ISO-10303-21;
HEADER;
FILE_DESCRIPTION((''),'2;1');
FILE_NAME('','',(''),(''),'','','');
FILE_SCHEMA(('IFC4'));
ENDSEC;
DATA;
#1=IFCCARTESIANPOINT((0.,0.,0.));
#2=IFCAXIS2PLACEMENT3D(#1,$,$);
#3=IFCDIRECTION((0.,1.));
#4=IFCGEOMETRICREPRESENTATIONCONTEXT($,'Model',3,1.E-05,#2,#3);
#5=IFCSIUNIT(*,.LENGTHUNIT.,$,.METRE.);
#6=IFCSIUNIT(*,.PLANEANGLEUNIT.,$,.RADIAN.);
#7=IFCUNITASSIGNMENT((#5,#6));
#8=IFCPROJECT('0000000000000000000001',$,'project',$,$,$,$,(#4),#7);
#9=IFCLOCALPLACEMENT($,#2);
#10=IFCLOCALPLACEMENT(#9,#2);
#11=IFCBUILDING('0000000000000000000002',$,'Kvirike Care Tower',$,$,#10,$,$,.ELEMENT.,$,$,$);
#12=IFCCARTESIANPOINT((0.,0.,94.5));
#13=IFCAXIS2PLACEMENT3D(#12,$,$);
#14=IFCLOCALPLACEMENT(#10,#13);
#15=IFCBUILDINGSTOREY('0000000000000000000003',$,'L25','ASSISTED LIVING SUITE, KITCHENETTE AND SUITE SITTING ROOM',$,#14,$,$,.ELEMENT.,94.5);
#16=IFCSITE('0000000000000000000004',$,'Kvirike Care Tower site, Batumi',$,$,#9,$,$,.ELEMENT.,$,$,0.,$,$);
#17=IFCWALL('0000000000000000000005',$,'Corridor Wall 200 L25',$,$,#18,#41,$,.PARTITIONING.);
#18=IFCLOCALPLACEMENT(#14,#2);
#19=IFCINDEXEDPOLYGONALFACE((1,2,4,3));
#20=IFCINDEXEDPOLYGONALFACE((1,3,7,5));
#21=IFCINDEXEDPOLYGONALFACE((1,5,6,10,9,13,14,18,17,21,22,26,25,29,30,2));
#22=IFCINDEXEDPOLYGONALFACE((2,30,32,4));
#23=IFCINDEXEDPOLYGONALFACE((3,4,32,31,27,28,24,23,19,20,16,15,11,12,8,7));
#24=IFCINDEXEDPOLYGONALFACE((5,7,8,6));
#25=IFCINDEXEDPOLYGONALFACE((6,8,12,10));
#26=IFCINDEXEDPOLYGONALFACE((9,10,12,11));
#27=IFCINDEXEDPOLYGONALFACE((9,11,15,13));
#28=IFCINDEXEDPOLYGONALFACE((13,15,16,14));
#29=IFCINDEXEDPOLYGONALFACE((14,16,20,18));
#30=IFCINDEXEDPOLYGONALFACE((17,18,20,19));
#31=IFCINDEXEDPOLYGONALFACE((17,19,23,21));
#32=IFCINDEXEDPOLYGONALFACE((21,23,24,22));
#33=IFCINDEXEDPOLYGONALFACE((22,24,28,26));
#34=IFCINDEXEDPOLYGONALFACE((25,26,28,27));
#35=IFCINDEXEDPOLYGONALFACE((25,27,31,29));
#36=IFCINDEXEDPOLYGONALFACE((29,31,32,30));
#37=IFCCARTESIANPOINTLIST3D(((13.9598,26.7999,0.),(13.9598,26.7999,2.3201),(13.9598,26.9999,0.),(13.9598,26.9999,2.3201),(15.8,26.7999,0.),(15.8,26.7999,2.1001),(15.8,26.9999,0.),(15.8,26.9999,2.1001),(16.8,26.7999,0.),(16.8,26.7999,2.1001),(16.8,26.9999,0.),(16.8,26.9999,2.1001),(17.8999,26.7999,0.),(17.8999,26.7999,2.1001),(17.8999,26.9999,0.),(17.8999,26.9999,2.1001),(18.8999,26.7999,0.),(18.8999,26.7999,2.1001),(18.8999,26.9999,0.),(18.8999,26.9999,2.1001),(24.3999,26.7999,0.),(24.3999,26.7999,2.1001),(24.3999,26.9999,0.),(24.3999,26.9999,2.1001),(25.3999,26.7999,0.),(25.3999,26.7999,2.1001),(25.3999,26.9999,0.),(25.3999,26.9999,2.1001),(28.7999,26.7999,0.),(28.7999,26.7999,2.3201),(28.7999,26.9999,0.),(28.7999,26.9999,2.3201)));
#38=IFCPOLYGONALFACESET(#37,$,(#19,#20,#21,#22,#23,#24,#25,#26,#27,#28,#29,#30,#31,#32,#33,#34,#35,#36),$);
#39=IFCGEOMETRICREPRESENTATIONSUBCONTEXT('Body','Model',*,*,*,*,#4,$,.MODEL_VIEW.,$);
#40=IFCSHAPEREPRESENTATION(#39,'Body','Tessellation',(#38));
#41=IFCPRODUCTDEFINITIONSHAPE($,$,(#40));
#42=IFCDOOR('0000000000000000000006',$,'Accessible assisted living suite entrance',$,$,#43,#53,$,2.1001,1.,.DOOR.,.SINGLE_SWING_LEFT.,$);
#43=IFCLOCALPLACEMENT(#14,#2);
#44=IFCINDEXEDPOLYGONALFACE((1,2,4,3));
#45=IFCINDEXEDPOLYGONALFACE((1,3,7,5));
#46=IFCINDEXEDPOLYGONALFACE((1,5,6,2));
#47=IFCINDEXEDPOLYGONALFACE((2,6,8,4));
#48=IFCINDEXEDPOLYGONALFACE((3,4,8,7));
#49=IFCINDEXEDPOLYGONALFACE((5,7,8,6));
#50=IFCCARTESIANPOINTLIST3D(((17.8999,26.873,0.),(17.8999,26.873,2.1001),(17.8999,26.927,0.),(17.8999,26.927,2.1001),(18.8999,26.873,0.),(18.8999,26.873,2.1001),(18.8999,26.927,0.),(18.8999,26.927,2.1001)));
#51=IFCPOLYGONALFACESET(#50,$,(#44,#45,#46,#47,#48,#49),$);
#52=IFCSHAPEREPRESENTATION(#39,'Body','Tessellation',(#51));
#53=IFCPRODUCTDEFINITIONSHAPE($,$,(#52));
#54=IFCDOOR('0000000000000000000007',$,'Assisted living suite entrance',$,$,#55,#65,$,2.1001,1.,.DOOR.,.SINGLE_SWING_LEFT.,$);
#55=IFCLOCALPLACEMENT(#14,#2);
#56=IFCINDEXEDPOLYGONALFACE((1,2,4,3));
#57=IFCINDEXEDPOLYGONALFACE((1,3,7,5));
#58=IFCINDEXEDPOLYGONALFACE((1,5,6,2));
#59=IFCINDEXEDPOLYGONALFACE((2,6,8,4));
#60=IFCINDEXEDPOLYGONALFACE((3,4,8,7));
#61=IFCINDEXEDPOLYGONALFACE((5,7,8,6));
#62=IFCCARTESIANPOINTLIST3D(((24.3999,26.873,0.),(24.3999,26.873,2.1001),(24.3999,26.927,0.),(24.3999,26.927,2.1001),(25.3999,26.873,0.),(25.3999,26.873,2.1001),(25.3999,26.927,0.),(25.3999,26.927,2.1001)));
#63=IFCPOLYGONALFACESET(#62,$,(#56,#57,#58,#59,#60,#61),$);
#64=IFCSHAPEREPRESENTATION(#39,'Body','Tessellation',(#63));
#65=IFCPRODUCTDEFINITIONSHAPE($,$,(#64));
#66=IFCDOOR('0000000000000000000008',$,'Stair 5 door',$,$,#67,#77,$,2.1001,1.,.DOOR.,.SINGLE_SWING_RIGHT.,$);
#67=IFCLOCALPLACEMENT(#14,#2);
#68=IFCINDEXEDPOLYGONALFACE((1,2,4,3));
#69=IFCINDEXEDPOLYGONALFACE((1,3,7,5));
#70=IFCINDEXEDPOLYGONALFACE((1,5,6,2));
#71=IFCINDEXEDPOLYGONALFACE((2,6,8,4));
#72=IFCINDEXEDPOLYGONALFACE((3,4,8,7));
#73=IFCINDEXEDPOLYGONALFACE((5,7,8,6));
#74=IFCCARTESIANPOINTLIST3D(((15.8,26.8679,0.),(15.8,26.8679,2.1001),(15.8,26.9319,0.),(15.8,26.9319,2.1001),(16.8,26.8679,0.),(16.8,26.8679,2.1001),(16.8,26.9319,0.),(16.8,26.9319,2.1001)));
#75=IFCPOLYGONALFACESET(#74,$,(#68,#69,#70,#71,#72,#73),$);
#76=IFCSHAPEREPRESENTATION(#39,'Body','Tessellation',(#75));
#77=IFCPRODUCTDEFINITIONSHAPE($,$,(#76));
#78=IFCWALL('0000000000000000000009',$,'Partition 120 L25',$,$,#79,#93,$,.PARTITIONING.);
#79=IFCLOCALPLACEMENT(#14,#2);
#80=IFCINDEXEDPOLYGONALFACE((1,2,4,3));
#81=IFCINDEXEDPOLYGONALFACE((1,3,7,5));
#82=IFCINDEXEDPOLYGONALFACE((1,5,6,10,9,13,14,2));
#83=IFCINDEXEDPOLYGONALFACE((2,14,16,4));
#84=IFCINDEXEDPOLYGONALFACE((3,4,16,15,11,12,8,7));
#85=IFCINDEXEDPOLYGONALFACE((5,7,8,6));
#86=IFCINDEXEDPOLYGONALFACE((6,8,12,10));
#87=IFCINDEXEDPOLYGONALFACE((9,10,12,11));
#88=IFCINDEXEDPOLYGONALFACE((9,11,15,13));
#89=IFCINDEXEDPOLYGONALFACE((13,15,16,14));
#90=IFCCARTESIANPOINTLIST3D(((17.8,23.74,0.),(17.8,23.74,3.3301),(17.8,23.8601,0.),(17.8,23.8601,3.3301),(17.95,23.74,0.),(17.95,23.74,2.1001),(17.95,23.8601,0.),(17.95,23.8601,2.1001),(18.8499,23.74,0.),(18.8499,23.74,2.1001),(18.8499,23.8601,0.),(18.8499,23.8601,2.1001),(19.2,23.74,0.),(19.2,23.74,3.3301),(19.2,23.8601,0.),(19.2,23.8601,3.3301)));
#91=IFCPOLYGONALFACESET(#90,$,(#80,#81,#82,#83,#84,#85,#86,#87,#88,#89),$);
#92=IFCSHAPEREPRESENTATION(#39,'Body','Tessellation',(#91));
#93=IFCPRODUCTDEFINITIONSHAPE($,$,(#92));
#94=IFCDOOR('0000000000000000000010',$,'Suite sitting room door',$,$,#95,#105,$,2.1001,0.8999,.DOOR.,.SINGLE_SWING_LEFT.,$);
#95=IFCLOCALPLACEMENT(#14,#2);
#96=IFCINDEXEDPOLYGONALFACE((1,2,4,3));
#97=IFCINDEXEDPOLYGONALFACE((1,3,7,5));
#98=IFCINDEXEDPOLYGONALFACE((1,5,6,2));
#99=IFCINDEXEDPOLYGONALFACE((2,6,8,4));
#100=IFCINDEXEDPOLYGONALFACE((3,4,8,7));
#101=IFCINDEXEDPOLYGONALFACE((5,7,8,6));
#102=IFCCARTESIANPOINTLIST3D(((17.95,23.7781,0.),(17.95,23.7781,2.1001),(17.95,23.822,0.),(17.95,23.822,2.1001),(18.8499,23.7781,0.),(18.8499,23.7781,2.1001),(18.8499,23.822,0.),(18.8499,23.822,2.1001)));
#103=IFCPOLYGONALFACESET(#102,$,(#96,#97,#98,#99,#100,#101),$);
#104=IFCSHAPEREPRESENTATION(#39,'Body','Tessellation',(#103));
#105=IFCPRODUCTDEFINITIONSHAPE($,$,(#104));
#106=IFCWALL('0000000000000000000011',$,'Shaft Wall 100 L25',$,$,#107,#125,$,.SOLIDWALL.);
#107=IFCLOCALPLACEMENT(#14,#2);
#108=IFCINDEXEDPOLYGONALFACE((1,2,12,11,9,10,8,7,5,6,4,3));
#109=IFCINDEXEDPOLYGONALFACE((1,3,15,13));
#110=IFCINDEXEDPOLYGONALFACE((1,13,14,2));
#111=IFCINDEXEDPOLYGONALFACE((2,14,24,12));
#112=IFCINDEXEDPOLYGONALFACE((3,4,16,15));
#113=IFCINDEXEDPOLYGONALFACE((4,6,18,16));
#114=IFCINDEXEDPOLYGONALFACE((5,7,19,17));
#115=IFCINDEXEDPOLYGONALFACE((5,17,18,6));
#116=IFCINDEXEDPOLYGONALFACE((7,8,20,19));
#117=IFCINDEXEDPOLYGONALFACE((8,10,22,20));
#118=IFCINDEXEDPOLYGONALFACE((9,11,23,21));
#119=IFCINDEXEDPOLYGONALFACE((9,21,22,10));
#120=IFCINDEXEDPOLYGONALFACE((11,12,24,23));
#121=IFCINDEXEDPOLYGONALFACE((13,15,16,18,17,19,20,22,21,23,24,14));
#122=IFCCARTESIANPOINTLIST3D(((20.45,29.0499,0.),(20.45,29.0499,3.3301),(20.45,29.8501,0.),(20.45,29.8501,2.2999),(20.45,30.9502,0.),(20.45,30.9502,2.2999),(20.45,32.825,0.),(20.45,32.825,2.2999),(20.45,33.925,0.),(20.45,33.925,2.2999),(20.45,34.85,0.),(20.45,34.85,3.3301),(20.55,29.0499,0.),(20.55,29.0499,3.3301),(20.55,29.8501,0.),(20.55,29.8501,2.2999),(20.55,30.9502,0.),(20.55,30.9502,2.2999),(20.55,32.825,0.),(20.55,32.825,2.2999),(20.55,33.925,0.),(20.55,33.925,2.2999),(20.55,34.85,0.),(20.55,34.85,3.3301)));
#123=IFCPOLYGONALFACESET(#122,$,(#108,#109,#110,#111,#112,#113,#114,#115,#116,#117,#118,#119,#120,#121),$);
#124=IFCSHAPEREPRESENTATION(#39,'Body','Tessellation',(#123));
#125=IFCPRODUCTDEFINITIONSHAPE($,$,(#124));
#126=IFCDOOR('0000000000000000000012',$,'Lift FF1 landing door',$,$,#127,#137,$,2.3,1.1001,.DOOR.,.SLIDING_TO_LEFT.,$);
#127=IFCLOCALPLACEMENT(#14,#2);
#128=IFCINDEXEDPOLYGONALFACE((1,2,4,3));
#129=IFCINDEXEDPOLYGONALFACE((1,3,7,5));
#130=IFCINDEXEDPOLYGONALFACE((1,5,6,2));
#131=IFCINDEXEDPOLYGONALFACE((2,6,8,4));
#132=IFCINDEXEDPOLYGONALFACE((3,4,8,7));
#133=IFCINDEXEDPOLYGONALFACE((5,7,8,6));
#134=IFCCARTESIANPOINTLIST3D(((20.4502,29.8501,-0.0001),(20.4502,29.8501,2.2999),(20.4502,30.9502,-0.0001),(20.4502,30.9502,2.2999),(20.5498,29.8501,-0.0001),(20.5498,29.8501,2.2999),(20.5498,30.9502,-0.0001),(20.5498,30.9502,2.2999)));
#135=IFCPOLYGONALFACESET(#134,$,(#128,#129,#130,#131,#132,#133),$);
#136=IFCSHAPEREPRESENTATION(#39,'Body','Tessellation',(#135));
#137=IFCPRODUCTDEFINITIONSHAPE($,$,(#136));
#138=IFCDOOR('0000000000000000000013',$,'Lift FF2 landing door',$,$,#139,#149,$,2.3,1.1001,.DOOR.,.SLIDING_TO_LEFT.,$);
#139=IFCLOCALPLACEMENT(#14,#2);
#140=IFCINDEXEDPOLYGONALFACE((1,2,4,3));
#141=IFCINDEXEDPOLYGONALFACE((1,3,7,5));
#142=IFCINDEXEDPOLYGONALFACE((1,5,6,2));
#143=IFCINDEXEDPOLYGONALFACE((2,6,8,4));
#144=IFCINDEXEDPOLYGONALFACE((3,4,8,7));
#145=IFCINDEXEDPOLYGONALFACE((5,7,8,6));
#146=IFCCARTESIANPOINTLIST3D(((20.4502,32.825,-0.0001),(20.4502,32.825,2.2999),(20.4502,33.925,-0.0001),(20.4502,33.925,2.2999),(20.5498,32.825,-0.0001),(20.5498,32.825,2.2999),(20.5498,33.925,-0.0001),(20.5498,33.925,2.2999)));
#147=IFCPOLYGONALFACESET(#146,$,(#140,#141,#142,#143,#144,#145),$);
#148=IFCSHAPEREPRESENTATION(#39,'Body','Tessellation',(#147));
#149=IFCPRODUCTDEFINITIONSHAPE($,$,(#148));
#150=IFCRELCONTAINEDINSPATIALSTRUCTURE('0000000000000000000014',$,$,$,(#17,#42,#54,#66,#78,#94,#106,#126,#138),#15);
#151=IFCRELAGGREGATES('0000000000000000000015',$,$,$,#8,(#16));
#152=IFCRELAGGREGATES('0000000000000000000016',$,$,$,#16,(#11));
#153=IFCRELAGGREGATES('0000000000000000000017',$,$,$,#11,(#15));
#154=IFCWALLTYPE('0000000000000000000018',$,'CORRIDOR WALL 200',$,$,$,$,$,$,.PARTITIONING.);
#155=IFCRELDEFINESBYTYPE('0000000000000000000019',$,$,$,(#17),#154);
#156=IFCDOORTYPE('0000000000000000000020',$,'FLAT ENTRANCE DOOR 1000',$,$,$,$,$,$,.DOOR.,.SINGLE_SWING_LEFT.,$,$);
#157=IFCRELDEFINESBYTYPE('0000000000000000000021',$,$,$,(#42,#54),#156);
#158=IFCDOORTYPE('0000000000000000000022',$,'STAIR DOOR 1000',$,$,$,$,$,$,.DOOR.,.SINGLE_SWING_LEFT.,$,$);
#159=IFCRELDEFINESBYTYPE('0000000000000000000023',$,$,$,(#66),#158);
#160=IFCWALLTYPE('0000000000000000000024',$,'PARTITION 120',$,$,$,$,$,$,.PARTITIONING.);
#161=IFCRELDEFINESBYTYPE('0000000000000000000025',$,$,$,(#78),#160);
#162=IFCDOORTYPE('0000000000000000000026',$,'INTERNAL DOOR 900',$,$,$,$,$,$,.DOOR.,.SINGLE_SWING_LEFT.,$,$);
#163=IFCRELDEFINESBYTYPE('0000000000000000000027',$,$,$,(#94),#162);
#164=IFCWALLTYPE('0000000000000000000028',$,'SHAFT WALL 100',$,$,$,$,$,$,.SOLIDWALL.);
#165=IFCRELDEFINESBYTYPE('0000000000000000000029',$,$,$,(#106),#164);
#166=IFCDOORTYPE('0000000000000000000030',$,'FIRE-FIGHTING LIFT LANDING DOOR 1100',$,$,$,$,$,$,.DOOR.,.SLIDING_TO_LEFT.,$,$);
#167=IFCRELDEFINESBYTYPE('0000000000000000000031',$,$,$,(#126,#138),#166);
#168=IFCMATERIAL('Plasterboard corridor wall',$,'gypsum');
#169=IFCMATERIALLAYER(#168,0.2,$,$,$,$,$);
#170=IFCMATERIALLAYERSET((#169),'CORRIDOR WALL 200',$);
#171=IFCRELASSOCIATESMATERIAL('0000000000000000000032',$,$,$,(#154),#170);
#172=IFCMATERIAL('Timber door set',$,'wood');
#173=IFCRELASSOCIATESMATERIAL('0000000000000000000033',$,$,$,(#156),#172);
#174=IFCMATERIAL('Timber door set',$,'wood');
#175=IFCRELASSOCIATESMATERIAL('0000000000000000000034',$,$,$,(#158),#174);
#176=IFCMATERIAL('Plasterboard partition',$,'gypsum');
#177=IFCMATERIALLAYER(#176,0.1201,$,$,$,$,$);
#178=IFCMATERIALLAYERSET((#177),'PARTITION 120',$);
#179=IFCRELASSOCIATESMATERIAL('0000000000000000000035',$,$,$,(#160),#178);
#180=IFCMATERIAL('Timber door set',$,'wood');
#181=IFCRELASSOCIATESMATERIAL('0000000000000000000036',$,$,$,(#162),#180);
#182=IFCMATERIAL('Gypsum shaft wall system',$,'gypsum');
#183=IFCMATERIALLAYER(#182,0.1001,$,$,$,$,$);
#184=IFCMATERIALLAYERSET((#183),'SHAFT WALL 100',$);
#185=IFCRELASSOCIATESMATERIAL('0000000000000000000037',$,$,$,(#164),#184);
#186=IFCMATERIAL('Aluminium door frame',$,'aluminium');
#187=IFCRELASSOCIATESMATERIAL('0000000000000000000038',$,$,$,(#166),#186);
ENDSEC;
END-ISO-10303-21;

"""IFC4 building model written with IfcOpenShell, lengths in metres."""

from ifc_helpers import new_model, si_unit, direction, frame, frame_2d, origin, place, context, subcontext, project, spatial, rectangle, extrude, material, layer, layer_set, type_object, element, fill, save


model = new_model("IFC4")

# Units and contexts
model_context = context("Model", 3, precision=1e-05, world=origin(), true_north=direction((0.0, 1.0)))
body_context = subcontext(model_context, "Body", "Model", "MODEL_VIEW")
ifc_project = project(units=[si_unit("LENGTHUNIT", "METRE"), si_unit("PLANEANGLEUNIT", "RADIAN")], contexts=[model_context])

# Site, building, storey
site_placement = place(None, origin())
site = spatial("IfcSite", under=ifc_project, at=site_placement, Name="Kvirike Care Tower site, Batumi", CompositionType="ELEMENT", RefElevation=0.0)
building_placement = place(site_placement, origin())
building = spatial("IfcBuilding", under=site, at=building_placement, Name="Kvirike Care Tower", CompositionType="ELEMENT")
storey_placement = place(building_placement, frame((0.0, 0.0, 94.5)))
storey = spatial("IfcBuildingStorey", under=building, at=storey_placement, Name="L25", Description="ASSISTED LIVING SUITE, KITCHENETTE AND SUITE SITTING ROOM", CompositionType="ELEMENT", Elevation=94.5)

# Wall, openings, doors
ifc_material_1 = material(Name="Plasterboard corridor wall", Category="gypsum")
ifc_layer_1 = layer(ifc_material_1, 0.2)
ifc_layer_set_1 = layer_set([ifc_layer_1], Name="CORRIDOR WALL 200")
wall_type_1 = type_object("IfcWallType", Name="CORRIDOR WALL 200", PredefinedType="PARTITIONING", material=ifc_layer_set_1)
wall_1_placement = place(storey_placement, frame((13.96, 26.8999, 0.0), z_axis=(0.0, 0.0, 1.0), x_axis=(1.0, 0.0, 0.0)))
wall_1 = element("IfcWall", 1, at=wall_1_placement, inside=storey, type_object=wall_type_1, Name="Corridor Wall 200 L25", PredefinedType="PARTITIONING", context=body_context, shape_type="SweptSolid", body=[
    extrude(rectangle(XDim=14.8401, YDim=0.2, at=frame_2d((7.4199, 0.0))), origin(), (0.0, 0.0, 1.0), 2.3201),
])
opening_1_placement = place(wall_1_placement, frame((1.8401, 0.0, 0.0)))
opening_1 = element("IfcOpeningElement", 2, at=opening_1_placement, cuts=wall_1, PredefinedType="OPENING", context=body_context, shape_type="SweptSolid", body=[
    extrude(rectangle(XDim=1.0, YDim=2.1001, at=frame_2d((0.5, 1.05))), frame((0.0, 0.1106, 0.0), z_axis=(0.0, -1.0, 0.0), x_axis=(1.0, 0.0, 0.0)), (0.0, 0.0, 1.0), 0.2209),
])
opening_2_placement = place(wall_1_placement, frame((3.9399, 0.0, 0.0)))
opening_2 = element("IfcOpeningElement", 3, at=opening_2_placement, cuts=wall_1, PredefinedType="OPENING", context=body_context, shape_type="SweptSolid", body=[
    extrude(rectangle(XDim=1.0, YDim=2.1001, at=frame_2d((0.5, 1.05))), frame((0.0, 0.1106, 0.0), z_axis=(0.0, -1.0, 0.0), x_axis=(1.0, 0.0, 0.0)), (0.0, 0.0, 1.0), 0.2209),
])
opening_3_placement = place(wall_1_placement, frame((10.4399, 0.0, 0.0)))
opening_3 = element("IfcOpeningElement", 4, at=opening_3_placement, cuts=wall_1, PredefinedType="OPENING", context=body_context, shape_type="SweptSolid", body=[
    extrude(rectangle(XDim=1.0, YDim=2.1001, at=frame_2d((0.5, 1.05))), frame((0.0, 0.1106, 0.0), z_axis=(0.0, -1.0, 0.0), x_axis=(1.0, 0.0, 0.0)), (0.0, 0.0, 1.0), 0.2209),
])
ifc_material_2 = material(Name="Timber door set", Category="wood")
door_type_1 = type_object("IfcDoorType", Name="FLAT ENTRANCE DOOR 1000", OperationType="SINGLE_SWING_LEFT", PredefinedType="DOOR", material=ifc_material_2)
door_1_placement = place(opening_2_placement, frame((1.0, 0.0, 0.0), z_axis=(0.0, 0.0, 1.0), x_axis=(-1.0, 0.0, 0.0)))
door_1 = element("IfcDoor", 5, at=door_1_placement, inside=storey, type_object=door_type_1, Name="Accessible assisted living suite entrance", OperationType="SINGLE_SWING_LEFT", OverallHeight=2.1001, OverallWidth=1.0, PredefinedType="DOOR", context=body_context, shape_type="SweptSolid", body=[
    extrude(rectangle(XDim=1.0, YDim=2.1001, at=frame_2d((0.5, 1.05))), frame((0.0, 0.0269, 0.0), z_axis=(0.0, -1.0, 0.0), x_axis=(1.0, 0.0, 0.0)), (0.0, 0.0, 1.0), 0.054),
])
fill(opening_2, door_1)
door_2_placement = place(opening_3_placement, frame((1.0, 0.0, 0.0), z_axis=(0.0, 0.0, 1.0), x_axis=(-1.0, 0.0, 0.0)))
door_2 = element("IfcDoor", 6, at=door_2_placement, inside=storey, type_object=door_type_1, Name="Assisted living suite entrance", OperationType="SINGLE_SWING_LEFT", OverallHeight=2.1001, OverallWidth=1.0, PredefinedType="DOOR", context=body_context, shape_type="SweptSolid", body=[
    extrude(rectangle(XDim=1.0, YDim=2.1001, at=frame_2d((0.5, 1.05))), frame((0.0, 0.0269, 0.0), z_axis=(0.0, -1.0, 0.0), x_axis=(1.0, 0.0, 0.0)), (0.0, 0.0, 1.0), 0.054),
])
fill(opening_3, door_2)
ifc_material_3 = material(Name="Timber door set", Category="wood")
door_type_2 = type_object("IfcDoorType", Name="STAIR DOOR 1000", OperationType="SINGLE_SWING_LEFT", PredefinedType="DOOR", material=ifc_material_3)
door_3_placement = place(opening_1_placement, frame((1.0, 0.0, 0.0), z_axis=(0.0, 0.0, 1.0), x_axis=(-1.0, 0.0, 0.0)))
door_3 = element("IfcDoor", 7, at=door_3_placement, inside=storey, type_object=door_type_2, Name="Stair 5 door", OperationType="SINGLE_SWING_RIGHT", OverallHeight=2.1001, OverallWidth=1.0, PredefinedType="DOOR", context=body_context, shape_type="SweptSolid", body=[
    extrude(rectangle(XDim=1.0, YDim=2.1001, at=frame_2d((0.5, 1.05))), frame((0.0, 0.032, 0.0), z_axis=(0.0, -1.0, 0.0), x_axis=(1.0, 0.0, 0.0)), (0.0, 0.0, 1.0), 0.064),
])
fill(opening_1, door_3)

# Wall, opening, door
ifc_material_4 = material(Name="Plasterboard partition", Category="gypsum")
ifc_layer_2 = layer(ifc_material_4, 0.1201)
ifc_layer_set_2 = layer_set([ifc_layer_2], Name="PARTITION 120")
wall_type_2 = type_object("IfcWallType", Name="PARTITION 120", PredefinedType="PARTITIONING", material=ifc_layer_set_2)
wall_2_placement = place(storey_placement, frame((17.8, 23.8, 0.0), z_axis=(0.0, 0.0, 1.0), x_axis=(1.0, 0.0, 0.0)))
wall_2 = element("IfcWall", 8, at=wall_2_placement, inside=storey, type_object=wall_type_2, Name="Partition 120 L25", PredefinedType="PARTITIONING", context=body_context, shape_type="SweptSolid", body=[
    extrude(rectangle(XDim=1.3999, YDim=0.1201, at=frame_2d((0.7, 0.0))), origin(), (0.0, 0.0, 1.0), 3.3301),
])
opening_4_placement = place(wall_2_placement, frame((0.1499, 0.0, 0.0)))
opening_4 = element("IfcOpeningElement", 9, at=opening_4_placement, cuts=wall_2, PredefinedType="OPENING", context=body_context, shape_type="SweptSolid", body=[
    extrude(rectangle(XDim=0.8999, YDim=2.1001, at=frame_2d((0.45, 1.05))), frame((0.0, 0.0706, 0.0), z_axis=(0.0, -1.0, 0.0), x_axis=(1.0, 0.0, 0.0)), (0.0, 0.0, 1.0), 0.1411),
])
ifc_material_5 = material(Name="Timber door set", Category="wood")
door_type_3 = type_object("IfcDoorType", Name="INTERNAL DOOR 900", OperationType="SINGLE_SWING_LEFT", PredefinedType="DOOR", material=ifc_material_5)
door_4_placement = place(opening_4_placement, frame((0.8999, 0.0, 0.0), z_axis=(0.0, 0.0, 1.0), x_axis=(-1.0, 0.0, 0.0)))
door_4 = element("IfcDoor", 10, at=door_4_placement, inside=storey, type_object=door_type_3, Name="Suite sitting room door", OperationType="SINGLE_SWING_LEFT", OverallHeight=2.1001, OverallWidth=0.8999, PredefinedType="DOOR", context=body_context, shape_type="SweptSolid", body=[
    extrude(rectangle(XDim=0.8999, YDim=2.1001, at=frame_2d((0.45, 1.05))), frame((0.0, 0.022, 0.0), z_axis=(0.0, -1.0, 0.0), x_axis=(1.0, 0.0, 0.0)), (0.0, 0.0, 1.0), 0.0439),
])
fill(opening_4, door_4)

# Wall, openings, doors
ifc_material_6 = material(Name="Gypsum shaft wall system", Category="gypsum")
ifc_layer_3 = layer(ifc_material_6, 0.1001)
ifc_layer_set_3 = layer_set([ifc_layer_3], Name="SHAFT WALL 100")
wall_type_3 = type_object("IfcWallType", Name="SHAFT WALL 100", PredefinedType="SOLIDWALL", material=ifc_layer_set_3)
wall_3_placement = place(storey_placement, frame((20.5, 29.05, 0.0), z_axis=(0.0, 0.0, 1.0), x_axis=(0.0, 1.0, 0.0)))
wall_3 = element("IfcWall", 11, at=wall_3_placement, inside=storey, type_object=wall_type_3, Name="Shaft Wall 100 L25", PredefinedType="SOLIDWALL", context=body_context, shape_type="SweptSolid", body=[
    extrude(rectangle(XDim=5.8, YDim=0.1001, at=frame_2d((2.8999, 0.0))), origin(), (0.0, 0.0, 1.0), 3.3301),
])
opening_5_placement = place(wall_3_placement, frame((0.8, 0.0, 0.0)))
opening_5 = element("IfcOpeningElement", 12, at=opening_5_placement, cuts=wall_3, PredefinedType="OPENING", context=body_context, shape_type="SweptSolid", body=[
    extrude(rectangle(XDim=1.1001, YDim=2.3, at=frame_2d((0.55, 1.1499))), frame((0.0, 0.0605, 0.0), z_axis=(0.0, -1.0, 0.0), x_axis=(1.0, 0.0, 0.0)), (0.0, 0.0, 1.0), 0.1211),
])
opening_6_placement = place(wall_3_placement, frame((3.7749, 0.0, 0.0)))
opening_6 = element("IfcOpeningElement", 13, at=opening_6_placement, cuts=wall_3, PredefinedType="OPENING", context=body_context, shape_type="SweptSolid", body=[
    extrude(rectangle(XDim=1.1001, YDim=2.3, at=frame_2d((0.55, 1.1499))), frame((0.0, 0.0605, 0.0), z_axis=(0.0, -1.0, 0.0), x_axis=(1.0, 0.0, 0.0)), (0.0, 0.0, 1.0), 0.1211),
])
ifc_material_7 = material(Name="Aluminium door frame", Category="aluminium")
door_type_4 = type_object("IfcDoorType", Name="FIRE-FIGHTING LIFT LANDING DOOR 1100", OperationType="SLIDING_TO_LEFT", PredefinedType="DOOR", material=ifc_material_7)
door_5_placement = place(opening_5_placement, origin())
door_5 = element("IfcDoor", 14, at=door_5_placement, inside=storey, type_object=door_type_4, Name="Lift FF1 landing door", OperationType="SLIDING_TO_LEFT", OverallHeight=2.3, OverallWidth=1.1001, PredefinedType="DOOR", context=body_context, shape_type="SweptSolid", body=[
    extrude(rectangle(XDim=1.1001, YDim=2.3, at=frame_2d((0.55, 1.1499))), frame((0.0, 0.0498, 0.0), z_axis=(0.0, -1.0, 0.0), x_axis=(1.0, 0.0, 0.0)), (0.0, 0.0, 1.0), 0.0996),
])
fill(opening_5, door_5)
door_6_placement = place(opening_6_placement, origin())
door_6 = element("IfcDoor", 15, at=door_6_placement, inside=storey, type_object=door_type_4, Name="Lift FF2 landing door", OperationType="SLIDING_TO_LEFT", OverallHeight=2.3, OverallWidth=1.1001, PredefinedType="DOOR", context=body_context, shape_type="SweptSolid", body=[
    extrude(rectangle(XDim=1.1001, YDim=2.3, at=frame_2d((0.55, 1.1499))), frame((0.0, 0.0498, 0.0), z_axis=(0.0, -1.0, 0.0), x_axis=(1.0, 0.0, 0.0)), (0.0, 0.0, 1.0), 0.0996),
])
fill(opening_6, door_6)

save(model, "model.ifc")
